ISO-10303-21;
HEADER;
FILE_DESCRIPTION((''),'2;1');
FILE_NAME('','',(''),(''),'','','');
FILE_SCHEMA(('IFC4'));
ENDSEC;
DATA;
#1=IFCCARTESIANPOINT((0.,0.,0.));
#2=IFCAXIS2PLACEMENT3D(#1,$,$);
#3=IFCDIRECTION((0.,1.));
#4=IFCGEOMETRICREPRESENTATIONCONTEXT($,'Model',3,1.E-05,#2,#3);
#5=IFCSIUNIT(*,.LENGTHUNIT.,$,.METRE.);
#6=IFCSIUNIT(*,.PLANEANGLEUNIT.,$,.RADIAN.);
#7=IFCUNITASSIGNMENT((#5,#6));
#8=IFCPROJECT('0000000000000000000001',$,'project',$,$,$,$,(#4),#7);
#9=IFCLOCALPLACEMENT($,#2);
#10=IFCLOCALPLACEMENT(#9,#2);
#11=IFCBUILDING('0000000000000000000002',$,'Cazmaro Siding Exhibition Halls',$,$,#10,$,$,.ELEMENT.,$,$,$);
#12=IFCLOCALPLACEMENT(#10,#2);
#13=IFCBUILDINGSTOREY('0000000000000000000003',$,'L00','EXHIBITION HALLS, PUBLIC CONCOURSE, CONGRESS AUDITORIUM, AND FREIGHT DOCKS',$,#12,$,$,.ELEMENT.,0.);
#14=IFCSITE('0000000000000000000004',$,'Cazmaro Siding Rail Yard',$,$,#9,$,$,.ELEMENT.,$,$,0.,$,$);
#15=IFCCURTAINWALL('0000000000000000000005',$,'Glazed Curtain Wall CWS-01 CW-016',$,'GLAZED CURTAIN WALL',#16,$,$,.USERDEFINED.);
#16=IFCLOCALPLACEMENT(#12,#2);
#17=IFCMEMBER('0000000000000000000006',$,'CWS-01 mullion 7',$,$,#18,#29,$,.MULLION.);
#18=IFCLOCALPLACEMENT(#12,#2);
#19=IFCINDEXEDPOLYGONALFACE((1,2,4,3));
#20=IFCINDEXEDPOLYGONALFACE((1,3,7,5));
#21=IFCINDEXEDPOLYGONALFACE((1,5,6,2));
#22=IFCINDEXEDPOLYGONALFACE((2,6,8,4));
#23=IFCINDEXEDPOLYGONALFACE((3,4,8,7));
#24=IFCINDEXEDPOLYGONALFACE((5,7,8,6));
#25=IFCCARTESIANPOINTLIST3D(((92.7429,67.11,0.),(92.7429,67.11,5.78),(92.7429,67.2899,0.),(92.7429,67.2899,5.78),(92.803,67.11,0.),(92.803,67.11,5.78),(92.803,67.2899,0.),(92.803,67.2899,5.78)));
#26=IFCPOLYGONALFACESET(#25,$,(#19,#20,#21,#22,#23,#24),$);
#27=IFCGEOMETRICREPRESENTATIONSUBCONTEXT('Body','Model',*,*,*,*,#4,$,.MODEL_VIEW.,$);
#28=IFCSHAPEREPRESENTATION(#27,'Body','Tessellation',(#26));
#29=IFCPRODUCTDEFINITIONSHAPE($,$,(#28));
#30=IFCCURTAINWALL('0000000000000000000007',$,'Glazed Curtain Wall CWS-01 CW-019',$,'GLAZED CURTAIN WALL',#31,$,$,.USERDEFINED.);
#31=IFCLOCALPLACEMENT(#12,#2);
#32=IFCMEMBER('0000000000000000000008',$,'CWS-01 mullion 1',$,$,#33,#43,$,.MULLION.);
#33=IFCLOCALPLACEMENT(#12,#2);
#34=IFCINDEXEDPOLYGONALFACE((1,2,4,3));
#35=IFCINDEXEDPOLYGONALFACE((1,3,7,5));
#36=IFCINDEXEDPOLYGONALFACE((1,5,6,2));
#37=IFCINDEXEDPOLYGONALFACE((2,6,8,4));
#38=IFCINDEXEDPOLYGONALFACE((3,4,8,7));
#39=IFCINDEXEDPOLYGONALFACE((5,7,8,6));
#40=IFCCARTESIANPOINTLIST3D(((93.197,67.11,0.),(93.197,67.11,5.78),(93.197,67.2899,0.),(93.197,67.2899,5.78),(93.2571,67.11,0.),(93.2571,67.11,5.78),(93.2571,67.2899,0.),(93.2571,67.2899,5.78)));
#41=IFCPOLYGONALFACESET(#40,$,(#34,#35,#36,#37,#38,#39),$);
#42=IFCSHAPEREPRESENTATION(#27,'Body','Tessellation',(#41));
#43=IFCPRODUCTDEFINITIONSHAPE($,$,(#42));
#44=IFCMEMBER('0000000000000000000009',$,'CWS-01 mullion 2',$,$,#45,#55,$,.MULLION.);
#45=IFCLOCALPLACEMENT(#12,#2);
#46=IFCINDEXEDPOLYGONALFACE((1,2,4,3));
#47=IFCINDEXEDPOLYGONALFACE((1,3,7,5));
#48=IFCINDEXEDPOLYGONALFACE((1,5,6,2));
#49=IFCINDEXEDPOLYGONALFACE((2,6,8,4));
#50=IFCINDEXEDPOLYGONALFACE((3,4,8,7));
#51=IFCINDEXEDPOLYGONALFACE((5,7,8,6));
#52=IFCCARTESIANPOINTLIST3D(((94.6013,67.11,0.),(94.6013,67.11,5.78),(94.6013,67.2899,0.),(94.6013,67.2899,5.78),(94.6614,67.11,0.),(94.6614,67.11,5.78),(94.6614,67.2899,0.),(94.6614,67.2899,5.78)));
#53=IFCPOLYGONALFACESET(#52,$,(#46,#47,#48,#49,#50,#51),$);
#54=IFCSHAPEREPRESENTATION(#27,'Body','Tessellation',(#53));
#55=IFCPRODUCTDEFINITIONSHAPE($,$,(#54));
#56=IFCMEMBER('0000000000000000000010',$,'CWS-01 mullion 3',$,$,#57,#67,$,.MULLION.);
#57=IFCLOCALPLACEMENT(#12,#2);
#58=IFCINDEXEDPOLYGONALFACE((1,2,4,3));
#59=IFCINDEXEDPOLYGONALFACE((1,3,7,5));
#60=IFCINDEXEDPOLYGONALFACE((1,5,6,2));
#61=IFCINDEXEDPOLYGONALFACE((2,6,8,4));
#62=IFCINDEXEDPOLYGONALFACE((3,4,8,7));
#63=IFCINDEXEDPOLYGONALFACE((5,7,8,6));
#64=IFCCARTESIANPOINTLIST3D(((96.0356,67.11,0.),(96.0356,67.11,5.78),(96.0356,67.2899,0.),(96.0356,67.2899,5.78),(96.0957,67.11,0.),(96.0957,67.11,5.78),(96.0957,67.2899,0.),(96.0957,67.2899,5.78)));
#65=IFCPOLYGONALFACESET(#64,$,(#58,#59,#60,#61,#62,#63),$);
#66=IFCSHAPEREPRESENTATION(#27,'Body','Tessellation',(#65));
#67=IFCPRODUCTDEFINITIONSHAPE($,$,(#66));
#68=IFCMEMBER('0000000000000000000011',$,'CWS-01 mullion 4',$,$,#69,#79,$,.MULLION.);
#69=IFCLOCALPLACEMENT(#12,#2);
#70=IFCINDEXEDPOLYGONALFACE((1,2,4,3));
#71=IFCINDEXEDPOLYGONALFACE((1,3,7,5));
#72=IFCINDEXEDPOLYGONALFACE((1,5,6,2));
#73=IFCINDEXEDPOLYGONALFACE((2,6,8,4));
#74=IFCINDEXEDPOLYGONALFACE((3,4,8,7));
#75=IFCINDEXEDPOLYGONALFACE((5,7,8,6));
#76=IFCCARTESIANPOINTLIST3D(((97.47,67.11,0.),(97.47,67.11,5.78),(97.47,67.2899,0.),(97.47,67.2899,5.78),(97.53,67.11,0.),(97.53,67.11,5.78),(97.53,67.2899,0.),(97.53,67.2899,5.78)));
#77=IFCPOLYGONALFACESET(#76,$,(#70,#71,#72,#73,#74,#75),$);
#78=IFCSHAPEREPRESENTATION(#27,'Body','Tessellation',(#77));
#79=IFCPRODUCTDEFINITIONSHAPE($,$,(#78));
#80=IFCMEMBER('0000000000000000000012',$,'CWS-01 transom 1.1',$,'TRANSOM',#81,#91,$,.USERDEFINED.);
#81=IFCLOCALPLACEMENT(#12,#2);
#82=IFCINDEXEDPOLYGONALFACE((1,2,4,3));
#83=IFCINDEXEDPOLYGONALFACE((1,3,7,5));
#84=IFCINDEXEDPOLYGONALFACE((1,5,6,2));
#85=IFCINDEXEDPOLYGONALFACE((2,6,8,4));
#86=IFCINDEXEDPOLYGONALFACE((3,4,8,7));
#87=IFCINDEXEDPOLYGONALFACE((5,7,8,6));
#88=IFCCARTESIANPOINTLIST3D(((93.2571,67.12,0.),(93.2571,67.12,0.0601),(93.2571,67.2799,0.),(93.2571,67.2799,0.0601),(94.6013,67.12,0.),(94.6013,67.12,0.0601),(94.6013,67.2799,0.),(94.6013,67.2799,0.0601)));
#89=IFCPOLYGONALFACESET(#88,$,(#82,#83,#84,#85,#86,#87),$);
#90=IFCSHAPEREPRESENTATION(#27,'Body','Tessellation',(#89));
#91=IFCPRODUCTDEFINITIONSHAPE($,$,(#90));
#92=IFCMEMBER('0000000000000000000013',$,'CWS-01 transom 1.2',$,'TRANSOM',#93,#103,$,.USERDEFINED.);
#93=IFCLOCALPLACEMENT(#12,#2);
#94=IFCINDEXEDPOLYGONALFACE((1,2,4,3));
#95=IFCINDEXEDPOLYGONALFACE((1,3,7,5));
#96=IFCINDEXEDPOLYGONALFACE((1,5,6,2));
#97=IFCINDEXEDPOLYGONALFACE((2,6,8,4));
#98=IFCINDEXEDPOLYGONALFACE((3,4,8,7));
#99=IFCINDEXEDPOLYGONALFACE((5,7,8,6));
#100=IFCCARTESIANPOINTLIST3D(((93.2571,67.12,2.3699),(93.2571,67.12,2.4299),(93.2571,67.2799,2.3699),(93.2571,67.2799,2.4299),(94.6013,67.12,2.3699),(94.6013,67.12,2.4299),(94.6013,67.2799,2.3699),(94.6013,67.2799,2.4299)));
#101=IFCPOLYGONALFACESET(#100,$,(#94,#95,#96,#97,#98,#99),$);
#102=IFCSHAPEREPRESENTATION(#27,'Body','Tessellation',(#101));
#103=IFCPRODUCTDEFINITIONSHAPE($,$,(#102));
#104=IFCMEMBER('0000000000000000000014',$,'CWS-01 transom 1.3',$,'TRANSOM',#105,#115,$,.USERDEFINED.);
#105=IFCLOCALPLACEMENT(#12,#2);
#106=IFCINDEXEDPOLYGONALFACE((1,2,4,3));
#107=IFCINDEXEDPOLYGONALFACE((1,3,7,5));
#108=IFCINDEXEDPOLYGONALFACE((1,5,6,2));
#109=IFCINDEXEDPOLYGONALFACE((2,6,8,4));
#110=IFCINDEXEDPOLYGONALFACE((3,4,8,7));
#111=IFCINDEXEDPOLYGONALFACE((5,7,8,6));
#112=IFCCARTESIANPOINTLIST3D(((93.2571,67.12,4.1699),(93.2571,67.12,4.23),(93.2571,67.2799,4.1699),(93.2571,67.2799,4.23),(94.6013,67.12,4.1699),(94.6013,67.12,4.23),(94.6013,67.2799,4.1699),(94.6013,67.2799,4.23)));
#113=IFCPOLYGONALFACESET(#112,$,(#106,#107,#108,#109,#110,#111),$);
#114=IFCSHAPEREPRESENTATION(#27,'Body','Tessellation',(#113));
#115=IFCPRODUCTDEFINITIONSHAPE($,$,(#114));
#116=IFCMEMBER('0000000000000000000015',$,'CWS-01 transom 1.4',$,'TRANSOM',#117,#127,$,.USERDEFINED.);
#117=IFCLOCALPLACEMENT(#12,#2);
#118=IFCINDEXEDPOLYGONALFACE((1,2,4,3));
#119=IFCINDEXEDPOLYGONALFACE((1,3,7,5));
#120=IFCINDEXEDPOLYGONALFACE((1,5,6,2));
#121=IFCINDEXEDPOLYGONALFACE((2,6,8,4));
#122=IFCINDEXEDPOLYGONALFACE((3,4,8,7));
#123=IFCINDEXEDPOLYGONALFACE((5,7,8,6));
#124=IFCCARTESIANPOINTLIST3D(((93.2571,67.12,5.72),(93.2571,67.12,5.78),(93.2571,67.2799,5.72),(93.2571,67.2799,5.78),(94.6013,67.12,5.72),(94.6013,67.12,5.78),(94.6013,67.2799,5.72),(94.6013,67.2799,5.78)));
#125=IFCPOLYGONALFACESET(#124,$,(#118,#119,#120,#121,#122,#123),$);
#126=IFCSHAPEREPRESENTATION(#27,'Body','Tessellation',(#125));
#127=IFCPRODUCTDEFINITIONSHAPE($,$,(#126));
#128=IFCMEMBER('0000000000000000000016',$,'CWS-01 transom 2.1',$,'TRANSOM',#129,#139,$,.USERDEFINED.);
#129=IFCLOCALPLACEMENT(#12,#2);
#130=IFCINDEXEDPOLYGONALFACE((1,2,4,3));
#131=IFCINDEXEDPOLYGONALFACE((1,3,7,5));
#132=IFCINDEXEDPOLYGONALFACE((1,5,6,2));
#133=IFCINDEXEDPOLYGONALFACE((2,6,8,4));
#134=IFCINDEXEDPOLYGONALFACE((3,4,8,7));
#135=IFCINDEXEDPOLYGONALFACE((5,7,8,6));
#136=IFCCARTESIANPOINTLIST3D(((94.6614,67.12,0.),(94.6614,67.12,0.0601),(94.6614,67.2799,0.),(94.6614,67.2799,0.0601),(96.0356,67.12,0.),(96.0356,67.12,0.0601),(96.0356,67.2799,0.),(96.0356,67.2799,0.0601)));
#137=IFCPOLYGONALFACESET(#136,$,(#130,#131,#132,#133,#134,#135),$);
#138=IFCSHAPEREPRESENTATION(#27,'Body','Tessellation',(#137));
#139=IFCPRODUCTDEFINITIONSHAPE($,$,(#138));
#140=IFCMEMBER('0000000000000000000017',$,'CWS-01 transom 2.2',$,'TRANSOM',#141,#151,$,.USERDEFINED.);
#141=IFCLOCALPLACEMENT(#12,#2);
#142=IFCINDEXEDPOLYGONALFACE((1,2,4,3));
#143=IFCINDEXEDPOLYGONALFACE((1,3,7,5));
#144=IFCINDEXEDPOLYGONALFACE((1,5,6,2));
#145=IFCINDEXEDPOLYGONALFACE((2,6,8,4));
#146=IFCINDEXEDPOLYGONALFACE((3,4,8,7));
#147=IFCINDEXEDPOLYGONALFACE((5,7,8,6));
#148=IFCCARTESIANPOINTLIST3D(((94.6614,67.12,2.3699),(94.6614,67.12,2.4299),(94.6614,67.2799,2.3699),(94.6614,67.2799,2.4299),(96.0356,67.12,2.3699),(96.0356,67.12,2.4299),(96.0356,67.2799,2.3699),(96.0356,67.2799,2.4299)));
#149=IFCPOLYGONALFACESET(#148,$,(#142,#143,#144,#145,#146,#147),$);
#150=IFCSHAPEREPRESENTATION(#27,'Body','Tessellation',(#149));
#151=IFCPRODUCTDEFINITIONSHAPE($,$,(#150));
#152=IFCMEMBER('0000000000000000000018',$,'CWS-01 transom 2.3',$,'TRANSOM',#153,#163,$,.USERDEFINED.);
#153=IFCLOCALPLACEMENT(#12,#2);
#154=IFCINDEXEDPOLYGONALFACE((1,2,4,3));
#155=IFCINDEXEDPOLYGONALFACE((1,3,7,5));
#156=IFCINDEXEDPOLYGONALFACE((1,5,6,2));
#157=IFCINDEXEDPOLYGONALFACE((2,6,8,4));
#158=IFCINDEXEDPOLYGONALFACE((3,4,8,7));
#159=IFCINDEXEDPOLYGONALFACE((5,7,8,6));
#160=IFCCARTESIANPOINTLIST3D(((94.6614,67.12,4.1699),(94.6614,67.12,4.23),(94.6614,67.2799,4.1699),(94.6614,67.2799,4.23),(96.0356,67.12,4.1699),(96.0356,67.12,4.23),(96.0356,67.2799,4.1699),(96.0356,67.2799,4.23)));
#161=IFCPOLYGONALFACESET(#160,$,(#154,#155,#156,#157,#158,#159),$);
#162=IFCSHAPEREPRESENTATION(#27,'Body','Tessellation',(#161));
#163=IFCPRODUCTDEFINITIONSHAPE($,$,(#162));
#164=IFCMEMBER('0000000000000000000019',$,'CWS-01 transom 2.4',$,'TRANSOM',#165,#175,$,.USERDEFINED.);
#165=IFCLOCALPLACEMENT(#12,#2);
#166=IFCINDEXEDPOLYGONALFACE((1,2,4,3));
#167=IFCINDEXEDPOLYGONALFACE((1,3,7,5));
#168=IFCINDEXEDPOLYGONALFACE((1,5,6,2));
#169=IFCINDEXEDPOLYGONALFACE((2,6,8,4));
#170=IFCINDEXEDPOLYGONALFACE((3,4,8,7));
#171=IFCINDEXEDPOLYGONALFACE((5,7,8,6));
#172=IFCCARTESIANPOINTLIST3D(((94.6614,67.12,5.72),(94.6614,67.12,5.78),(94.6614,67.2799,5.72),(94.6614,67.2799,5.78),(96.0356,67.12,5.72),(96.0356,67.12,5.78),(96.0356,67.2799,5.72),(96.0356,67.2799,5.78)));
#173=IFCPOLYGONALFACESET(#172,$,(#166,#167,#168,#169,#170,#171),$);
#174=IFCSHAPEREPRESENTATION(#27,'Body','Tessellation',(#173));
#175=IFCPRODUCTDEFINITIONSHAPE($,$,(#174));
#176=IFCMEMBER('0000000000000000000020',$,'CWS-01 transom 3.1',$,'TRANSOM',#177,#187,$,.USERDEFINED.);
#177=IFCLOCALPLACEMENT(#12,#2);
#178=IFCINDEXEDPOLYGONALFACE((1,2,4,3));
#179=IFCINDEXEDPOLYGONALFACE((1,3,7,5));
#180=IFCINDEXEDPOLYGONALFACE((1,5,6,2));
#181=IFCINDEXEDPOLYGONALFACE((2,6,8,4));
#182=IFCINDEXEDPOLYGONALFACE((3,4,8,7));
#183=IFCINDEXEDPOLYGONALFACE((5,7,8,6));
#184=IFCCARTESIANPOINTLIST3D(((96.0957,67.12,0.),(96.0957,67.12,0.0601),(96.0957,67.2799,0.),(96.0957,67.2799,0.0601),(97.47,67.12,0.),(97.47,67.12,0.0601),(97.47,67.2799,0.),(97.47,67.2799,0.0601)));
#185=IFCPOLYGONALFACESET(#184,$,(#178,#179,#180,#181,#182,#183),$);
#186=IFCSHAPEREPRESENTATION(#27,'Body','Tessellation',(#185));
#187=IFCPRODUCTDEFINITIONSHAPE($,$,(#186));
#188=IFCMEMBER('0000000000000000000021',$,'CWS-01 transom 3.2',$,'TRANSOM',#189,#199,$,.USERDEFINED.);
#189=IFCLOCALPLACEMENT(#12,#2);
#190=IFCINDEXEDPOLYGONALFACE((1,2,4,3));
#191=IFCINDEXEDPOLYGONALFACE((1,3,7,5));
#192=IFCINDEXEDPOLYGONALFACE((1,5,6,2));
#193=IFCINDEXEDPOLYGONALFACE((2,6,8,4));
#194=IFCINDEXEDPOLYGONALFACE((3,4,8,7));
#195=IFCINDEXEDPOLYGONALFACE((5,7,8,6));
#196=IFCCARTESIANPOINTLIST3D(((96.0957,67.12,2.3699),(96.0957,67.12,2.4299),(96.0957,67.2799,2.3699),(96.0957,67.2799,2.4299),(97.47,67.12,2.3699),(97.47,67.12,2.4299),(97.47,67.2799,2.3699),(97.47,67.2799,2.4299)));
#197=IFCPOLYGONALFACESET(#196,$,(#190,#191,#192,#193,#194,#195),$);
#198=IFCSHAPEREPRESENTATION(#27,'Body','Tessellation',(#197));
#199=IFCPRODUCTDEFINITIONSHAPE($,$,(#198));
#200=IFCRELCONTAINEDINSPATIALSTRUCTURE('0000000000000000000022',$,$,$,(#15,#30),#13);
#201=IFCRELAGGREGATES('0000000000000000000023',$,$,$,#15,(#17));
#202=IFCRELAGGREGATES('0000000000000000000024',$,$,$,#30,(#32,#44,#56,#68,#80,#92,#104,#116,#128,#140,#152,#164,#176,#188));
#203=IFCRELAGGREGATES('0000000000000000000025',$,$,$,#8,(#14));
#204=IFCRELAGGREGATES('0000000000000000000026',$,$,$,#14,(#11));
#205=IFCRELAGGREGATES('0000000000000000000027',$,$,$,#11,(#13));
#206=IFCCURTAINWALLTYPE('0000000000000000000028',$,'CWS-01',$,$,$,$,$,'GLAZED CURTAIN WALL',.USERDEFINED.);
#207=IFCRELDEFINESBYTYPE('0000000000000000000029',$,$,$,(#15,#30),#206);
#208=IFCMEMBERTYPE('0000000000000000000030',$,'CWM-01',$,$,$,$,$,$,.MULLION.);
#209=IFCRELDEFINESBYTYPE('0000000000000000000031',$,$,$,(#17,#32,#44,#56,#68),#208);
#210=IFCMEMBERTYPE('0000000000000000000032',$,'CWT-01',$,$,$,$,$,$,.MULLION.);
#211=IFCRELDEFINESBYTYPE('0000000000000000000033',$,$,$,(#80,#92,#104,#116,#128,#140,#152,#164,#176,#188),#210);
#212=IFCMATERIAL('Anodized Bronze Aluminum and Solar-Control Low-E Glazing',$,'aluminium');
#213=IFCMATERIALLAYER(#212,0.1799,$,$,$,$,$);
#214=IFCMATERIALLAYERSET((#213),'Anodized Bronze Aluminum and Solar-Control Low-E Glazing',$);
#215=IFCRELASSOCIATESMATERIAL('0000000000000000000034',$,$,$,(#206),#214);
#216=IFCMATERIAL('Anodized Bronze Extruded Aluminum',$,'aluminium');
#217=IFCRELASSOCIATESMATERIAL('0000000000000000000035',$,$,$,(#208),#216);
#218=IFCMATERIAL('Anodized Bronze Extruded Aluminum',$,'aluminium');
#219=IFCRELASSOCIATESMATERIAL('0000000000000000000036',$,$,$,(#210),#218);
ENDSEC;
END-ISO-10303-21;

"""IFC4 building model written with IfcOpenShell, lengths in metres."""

from ifc_helpers import new_model, si_unit, direction, frame, origin, origin_2d, place, context, subcontext, project, spatial, rectangle, extrude, material, layer, layer_set, material_profile, profile_set, type_object, element, aggregate, save


model = new_model("IFC4")

# Units and contexts
model_context = context("Model", 3, precision=1e-05, world=origin(), true_north=direction((0.0, 1.0)))
body_context = subcontext(model_context, "Body", "Model", "MODEL_VIEW")
ifc_project = project(units=[si_unit("LENGTHUNIT", "METRE"), si_unit("PLANEANGLEUNIT", "RADIAN")], contexts=[model_context])

# Site, building, storey
site_placement = place(None, origin())
site = spatial("IfcSite", under=ifc_project, at=site_placement, Name="Cazmaro Siding Rail Yard", CompositionType="ELEMENT", RefElevation=0.0)
building_placement = place(site_placement, origin())
building = spatial("IfcBuilding", under=site, at=building_placement, Name="Cazmaro Siding Exhibition Halls", CompositionType="ELEMENT")
storey_placement = place(building_placement, origin())
storey = spatial("IfcBuildingStorey", under=building, at=storey_placement, Name="L00", Description="EXHIBITION HALLS, PUBLIC CONCOURSE, CONGRESS AUDITORIUM, AND FREIGHT DOCKS", CompositionType="ELEMENT", Elevation=0.0)

# Curtain wall, member
ifc_material_1 = material(Name="Anodized Bronze Aluminum and Solar-Control Low-E Glazing", Category="aluminium")
ifc_layer_1 = layer(ifc_material_1, 0.1799)
ifc_layer_set_1 = layer_set([ifc_layer_1], Name="Anodized Bronze Aluminum and Solar-Control Low-E Glazing")
curtain_wall_type = type_object("IfcCurtainWallType", Name="CWS-01", ElementType="GLAZED CURTAIN WALL", PredefinedType="USERDEFINED", material=ifc_layer_set_1)
curtain_wall_1_placement = place(storey_placement, origin())
curtain_wall_1 = element("IfcCurtainWall", 1, at=curtain_wall_1_placement, inside=storey, type_object=curtain_wall_type, Name="Glazed Curtain Wall CWS-01 CW-016", ObjectType="GLAZED CURTAIN WALL", PredefinedType="USERDEFINED")
ifc_material_2 = material(Name="Anodized Bronze Extruded Aluminum", Category="aluminium")
ifc_material_profile_1 = material_profile(ifc_material_2, rectangle(XDim=0.1799, YDim=0.0601, at=origin_2d()), Name="CWM-01")
ifc_profile_set_1 = profile_set([ifc_material_profile_1], Name="Anodized Bronze Extruded Aluminum")
member_type_1 = type_object("IfcMemberType", Name="CWM-01", PredefinedType="MULLION", material=ifc_profile_set_1)
member_1_placement = place(storey_placement, frame((92.7729, 67.2, 0.0), z_axis=(0.0, 0.0, 1.0), x_axis=(0.0, 1.0, 0.0)))
member_1 = element("IfcMember", 2, at=member_1_placement, type_object=member_type_1, Name="CWS-01 mullion 7", PredefinedType="MULLION", context=body_context, shape_type="SweptSolid", body=[
    extrude(rectangle(XDim=0.1799, YDim=0.0601, at=origin_2d()), origin(), (0.0, 0.0, 1.0), 5.78),
])
aggregate(curtain_wall_1, [member_1])

# Curtain wall, members
curtain_wall_2_placement = place(storey_placement, origin())
curtain_wall_2 = element("IfcCurtainWall", 3, at=curtain_wall_2_placement, inside=storey, type_object=curtain_wall_type, Name="Glazed Curtain Wall CWS-01 CW-019", ObjectType="GLAZED CURTAIN WALL", PredefinedType="USERDEFINED")
member_2_placement = place(storey_placement, frame((93.2271, 67.2, 0.0), z_axis=(0.0, 0.0, 1.0), x_axis=(0.0, 1.0, 0.0)))
member_2 = element("IfcMember", 4, at=member_2_placement, type_object=member_type_1, Name="CWS-01 mullion 1", PredefinedType="MULLION", context=body_context, shape_type="SweptSolid", body=[
    extrude(rectangle(XDim=0.1799, YDim=0.0601, at=origin_2d()), origin(), (0.0, 0.0, 1.0), 5.78),
])
member_3_placement = place(storey_placement, frame((94.6313, 67.2, 0.0), z_axis=(0.0, 0.0, 1.0), x_axis=(0.0, 1.0, 0.0)))
member_3 = element("IfcMember", 5, at=member_3_placement, type_object=member_type_1, Name="CWS-01 mullion 2", PredefinedType="MULLION", context=body_context, shape_type="SweptSolid", body=[
    extrude(rectangle(XDim=0.1799, YDim=0.0601, at=origin_2d()), origin(), (0.0, 0.0, 1.0), 5.78),
])
member_4_placement = place(storey_placement, frame((96.0657, 67.2, 0.0), z_axis=(0.0, 0.0, 1.0), x_axis=(0.0, 1.0, 0.0)))
member_4 = element("IfcMember", 6, at=member_4_placement, type_object=member_type_1, Name="CWS-01 mullion 3", PredefinedType="MULLION", context=body_context, shape_type="SweptSolid", body=[
    extrude(rectangle(XDim=0.1799, YDim=0.0601, at=origin_2d()), origin(), (0.0, 0.0, 1.0), 5.78),
])
member_5_placement = place(storey_placement, frame((97.5, 67.2, 0.0), z_axis=(0.0, 0.0, 1.0), x_axis=(0.0, 1.0, 0.0)))
member_5 = element("IfcMember", 7, at=member_5_placement, type_object=member_type_1, Name="CWS-01 mullion 4", PredefinedType="MULLION", context=body_context, shape_type="SweptSolid", body=[
    extrude(rectangle(XDim=0.1799, YDim=0.0601, at=origin_2d()), origin(), (0.0, 0.0, 1.0), 5.78),
])
ifc_material_3 = material(Name="Anodized Bronze Extruded Aluminum", Category="aluminium")
ifc_material_profile_2 = material_profile(ifc_material_3, rectangle(XDim=0.1599, YDim=0.0601, at=origin_2d()), Name="CWT-01")
ifc_profile_set_2 = profile_set([ifc_material_profile_2], Name="Anodized Bronze Extruded Aluminum")
member_type_2 = type_object("IfcMemberType", Name="CWT-01", PredefinedType="MULLION", material=ifc_profile_set_2)
member_6_placement = place(storey_placement, frame((93.2571, 67.2, 0.03), z_axis=(1.0, 0.0, 0.0), x_axis=(0.0, 1.0, 0.0)))
member_6 = element("IfcMember", 8, at=member_6_placement, type_object=member_type_2, Name="CWS-01 transom 1.1", ObjectType="TRANSOM", PredefinedType="USERDEFINED", context=body_context, shape_type="SweptSolid", body=[
    extrude(rectangle(XDim=0.1599, YDim=0.0601, at=origin_2d()), origin(), (0.0, 0.0, 1.0), 1.3442),
])
member_7_placement = place(storey_placement, frame((93.2571, 67.2, 2.3999), z_axis=(1.0, 0.0, 0.0), x_axis=(0.0, 1.0, 0.0)))
member_7 = element("IfcMember", 9, at=member_7_placement, type_object=member_type_2, Name="CWS-01 transom 1.2", ObjectType="TRANSOM", PredefinedType="USERDEFINED", context=body_context, shape_type="SweptSolid", body=[
    extrude(rectangle(XDim=0.1599, YDim=0.0601, at=origin_2d()), origin(), (0.0, 0.0, 1.0), 1.3442),
])
member_8_placement = place(storey_placement, frame((93.2571, 67.2, 4.2), z_axis=(1.0, 0.0, 0.0), x_axis=(0.0, 1.0, 0.0)))
member_8 = element("IfcMember", 10, at=member_8_placement, type_object=member_type_2, Name="CWS-01 transom 1.3", ObjectType="TRANSOM", PredefinedType="USERDEFINED", context=body_context, shape_type="SweptSolid", body=[
    extrude(rectangle(XDim=0.1599, YDim=0.0601, at=origin_2d()), origin(), (0.0, 0.0, 1.0), 1.3442),
])
member_9_placement = place(storey_placement, frame((93.2571, 67.2, 5.75), z_axis=(1.0, 0.0, 0.0), x_axis=(0.0, 1.0, 0.0)))
member_9 = element("IfcMember", 11, at=member_9_placement, type_object=member_type_2, Name="CWS-01 transom 1.4", ObjectType="TRANSOM", PredefinedType="USERDEFINED", context=body_context, shape_type="SweptSolid", body=[
    extrude(rectangle(XDim=0.1599, YDim=0.0601, at=origin_2d()), origin(), (0.0, 0.0, 1.0), 1.3442),
])
member_10_placement = place(storey_placement, frame((94.6614, 67.2, 0.03), z_axis=(1.0, 0.0, 0.0), x_axis=(0.0, 1.0, 0.0)))
member_10 = element("IfcMember", 12, at=member_10_placement, type_object=member_type_2, Name="CWS-01 transom 2.1", ObjectType="TRANSOM", PredefinedType="USERDEFINED", context=body_context, shape_type="SweptSolid", body=[
    extrude(rectangle(XDim=0.1599, YDim=0.0601, at=origin_2d()), origin(), (0.0, 0.0, 1.0), 1.3743),
])
member_11_placement = place(storey_placement, frame((94.6614, 67.2, 2.3999), z_axis=(1.0, 0.0, 0.0), x_axis=(0.0, 1.0, 0.0)))
member_11 = element("IfcMember", 13, at=member_11_placement, type_object=member_type_2, Name="CWS-01 transom 2.2", ObjectType="TRANSOM", PredefinedType="USERDEFINED", context=body_context, shape_type="SweptSolid", body=[
    extrude(rectangle(XDim=0.1599, YDim=0.0601, at=origin_2d()), origin(), (0.0, 0.0, 1.0), 1.3743),
])
member_12_placement = place(storey_placement, frame((94.6614, 67.2, 4.2), z_axis=(1.0, 0.0, 0.0), x_axis=(0.0, 1.0, 0.0)))
member_12 = element("IfcMember", 14, at=member_12_placement, type_object=member_type_2, Name="CWS-01 transom 2.3", ObjectType="TRANSOM", PredefinedType="USERDEFINED", context=body_context, shape_type="SweptSolid", body=[
    extrude(rectangle(XDim=0.1599, YDim=0.0601, at=origin_2d()), origin(), (0.0, 0.0, 1.0), 1.3743),
])
member_13_placement = place(storey_placement, frame((94.6614, 67.2, 5.75), z_axis=(1.0, 0.0, 0.0), x_axis=(0.0, 1.0, 0.0)))
member_13 = element("IfcMember", 15, at=member_13_placement, type_object=member_type_2, Name="CWS-01 transom 2.4", ObjectType="TRANSOM", PredefinedType="USERDEFINED", context=body_context, shape_type="SweptSolid", body=[
    extrude(rectangle(XDim=0.1599, YDim=0.0601, at=origin_2d()), origin(), (0.0, 0.0, 1.0), 1.3743),
])
member_14_placement = place(storey_placement, frame((96.0957, 67.2, 0.03), z_axis=(1.0, 0.0, 0.0), x_axis=(0.0, 1.0, 0.0)))
member_14 = element("IfcMember", 16, at=member_14_placement, type_object=member_type_2, Name="CWS-01 transom 3.1", ObjectType="TRANSOM", PredefinedType="USERDEFINED", context=body_context, shape_type="SweptSolid", body=[
    extrude(rectangle(XDim=0.1599, YDim=0.0601, at=origin_2d()), origin(), (0.0, 0.0, 1.0), 1.3743),
])
member_15_placement = place(storey_placement, frame((96.0957, 67.2, 2.3999), z_axis=(1.0, 0.0, 0.0), x_axis=(0.0, 1.0, 0.0)))
member_15 = element("IfcMember", 17, at=member_15_placement, type_object=member_type_2, Name="CWS-01 transom 3.2", ObjectType="TRANSOM", PredefinedType="USERDEFINED", context=body_context, shape_type="SweptSolid", body=[
    extrude(rectangle(XDim=0.1599, YDim=0.0601, at=origin_2d()), origin(), (0.0, 0.0, 1.0), 1.3743),
])
aggregate(curtain_wall_2, [member_2, member_3, member_4, member_5, member_6, member_7, member_8, member_9, member_10, member_11, member_12, member_13, member_14, member_15])

save(model, "model.ifc")
